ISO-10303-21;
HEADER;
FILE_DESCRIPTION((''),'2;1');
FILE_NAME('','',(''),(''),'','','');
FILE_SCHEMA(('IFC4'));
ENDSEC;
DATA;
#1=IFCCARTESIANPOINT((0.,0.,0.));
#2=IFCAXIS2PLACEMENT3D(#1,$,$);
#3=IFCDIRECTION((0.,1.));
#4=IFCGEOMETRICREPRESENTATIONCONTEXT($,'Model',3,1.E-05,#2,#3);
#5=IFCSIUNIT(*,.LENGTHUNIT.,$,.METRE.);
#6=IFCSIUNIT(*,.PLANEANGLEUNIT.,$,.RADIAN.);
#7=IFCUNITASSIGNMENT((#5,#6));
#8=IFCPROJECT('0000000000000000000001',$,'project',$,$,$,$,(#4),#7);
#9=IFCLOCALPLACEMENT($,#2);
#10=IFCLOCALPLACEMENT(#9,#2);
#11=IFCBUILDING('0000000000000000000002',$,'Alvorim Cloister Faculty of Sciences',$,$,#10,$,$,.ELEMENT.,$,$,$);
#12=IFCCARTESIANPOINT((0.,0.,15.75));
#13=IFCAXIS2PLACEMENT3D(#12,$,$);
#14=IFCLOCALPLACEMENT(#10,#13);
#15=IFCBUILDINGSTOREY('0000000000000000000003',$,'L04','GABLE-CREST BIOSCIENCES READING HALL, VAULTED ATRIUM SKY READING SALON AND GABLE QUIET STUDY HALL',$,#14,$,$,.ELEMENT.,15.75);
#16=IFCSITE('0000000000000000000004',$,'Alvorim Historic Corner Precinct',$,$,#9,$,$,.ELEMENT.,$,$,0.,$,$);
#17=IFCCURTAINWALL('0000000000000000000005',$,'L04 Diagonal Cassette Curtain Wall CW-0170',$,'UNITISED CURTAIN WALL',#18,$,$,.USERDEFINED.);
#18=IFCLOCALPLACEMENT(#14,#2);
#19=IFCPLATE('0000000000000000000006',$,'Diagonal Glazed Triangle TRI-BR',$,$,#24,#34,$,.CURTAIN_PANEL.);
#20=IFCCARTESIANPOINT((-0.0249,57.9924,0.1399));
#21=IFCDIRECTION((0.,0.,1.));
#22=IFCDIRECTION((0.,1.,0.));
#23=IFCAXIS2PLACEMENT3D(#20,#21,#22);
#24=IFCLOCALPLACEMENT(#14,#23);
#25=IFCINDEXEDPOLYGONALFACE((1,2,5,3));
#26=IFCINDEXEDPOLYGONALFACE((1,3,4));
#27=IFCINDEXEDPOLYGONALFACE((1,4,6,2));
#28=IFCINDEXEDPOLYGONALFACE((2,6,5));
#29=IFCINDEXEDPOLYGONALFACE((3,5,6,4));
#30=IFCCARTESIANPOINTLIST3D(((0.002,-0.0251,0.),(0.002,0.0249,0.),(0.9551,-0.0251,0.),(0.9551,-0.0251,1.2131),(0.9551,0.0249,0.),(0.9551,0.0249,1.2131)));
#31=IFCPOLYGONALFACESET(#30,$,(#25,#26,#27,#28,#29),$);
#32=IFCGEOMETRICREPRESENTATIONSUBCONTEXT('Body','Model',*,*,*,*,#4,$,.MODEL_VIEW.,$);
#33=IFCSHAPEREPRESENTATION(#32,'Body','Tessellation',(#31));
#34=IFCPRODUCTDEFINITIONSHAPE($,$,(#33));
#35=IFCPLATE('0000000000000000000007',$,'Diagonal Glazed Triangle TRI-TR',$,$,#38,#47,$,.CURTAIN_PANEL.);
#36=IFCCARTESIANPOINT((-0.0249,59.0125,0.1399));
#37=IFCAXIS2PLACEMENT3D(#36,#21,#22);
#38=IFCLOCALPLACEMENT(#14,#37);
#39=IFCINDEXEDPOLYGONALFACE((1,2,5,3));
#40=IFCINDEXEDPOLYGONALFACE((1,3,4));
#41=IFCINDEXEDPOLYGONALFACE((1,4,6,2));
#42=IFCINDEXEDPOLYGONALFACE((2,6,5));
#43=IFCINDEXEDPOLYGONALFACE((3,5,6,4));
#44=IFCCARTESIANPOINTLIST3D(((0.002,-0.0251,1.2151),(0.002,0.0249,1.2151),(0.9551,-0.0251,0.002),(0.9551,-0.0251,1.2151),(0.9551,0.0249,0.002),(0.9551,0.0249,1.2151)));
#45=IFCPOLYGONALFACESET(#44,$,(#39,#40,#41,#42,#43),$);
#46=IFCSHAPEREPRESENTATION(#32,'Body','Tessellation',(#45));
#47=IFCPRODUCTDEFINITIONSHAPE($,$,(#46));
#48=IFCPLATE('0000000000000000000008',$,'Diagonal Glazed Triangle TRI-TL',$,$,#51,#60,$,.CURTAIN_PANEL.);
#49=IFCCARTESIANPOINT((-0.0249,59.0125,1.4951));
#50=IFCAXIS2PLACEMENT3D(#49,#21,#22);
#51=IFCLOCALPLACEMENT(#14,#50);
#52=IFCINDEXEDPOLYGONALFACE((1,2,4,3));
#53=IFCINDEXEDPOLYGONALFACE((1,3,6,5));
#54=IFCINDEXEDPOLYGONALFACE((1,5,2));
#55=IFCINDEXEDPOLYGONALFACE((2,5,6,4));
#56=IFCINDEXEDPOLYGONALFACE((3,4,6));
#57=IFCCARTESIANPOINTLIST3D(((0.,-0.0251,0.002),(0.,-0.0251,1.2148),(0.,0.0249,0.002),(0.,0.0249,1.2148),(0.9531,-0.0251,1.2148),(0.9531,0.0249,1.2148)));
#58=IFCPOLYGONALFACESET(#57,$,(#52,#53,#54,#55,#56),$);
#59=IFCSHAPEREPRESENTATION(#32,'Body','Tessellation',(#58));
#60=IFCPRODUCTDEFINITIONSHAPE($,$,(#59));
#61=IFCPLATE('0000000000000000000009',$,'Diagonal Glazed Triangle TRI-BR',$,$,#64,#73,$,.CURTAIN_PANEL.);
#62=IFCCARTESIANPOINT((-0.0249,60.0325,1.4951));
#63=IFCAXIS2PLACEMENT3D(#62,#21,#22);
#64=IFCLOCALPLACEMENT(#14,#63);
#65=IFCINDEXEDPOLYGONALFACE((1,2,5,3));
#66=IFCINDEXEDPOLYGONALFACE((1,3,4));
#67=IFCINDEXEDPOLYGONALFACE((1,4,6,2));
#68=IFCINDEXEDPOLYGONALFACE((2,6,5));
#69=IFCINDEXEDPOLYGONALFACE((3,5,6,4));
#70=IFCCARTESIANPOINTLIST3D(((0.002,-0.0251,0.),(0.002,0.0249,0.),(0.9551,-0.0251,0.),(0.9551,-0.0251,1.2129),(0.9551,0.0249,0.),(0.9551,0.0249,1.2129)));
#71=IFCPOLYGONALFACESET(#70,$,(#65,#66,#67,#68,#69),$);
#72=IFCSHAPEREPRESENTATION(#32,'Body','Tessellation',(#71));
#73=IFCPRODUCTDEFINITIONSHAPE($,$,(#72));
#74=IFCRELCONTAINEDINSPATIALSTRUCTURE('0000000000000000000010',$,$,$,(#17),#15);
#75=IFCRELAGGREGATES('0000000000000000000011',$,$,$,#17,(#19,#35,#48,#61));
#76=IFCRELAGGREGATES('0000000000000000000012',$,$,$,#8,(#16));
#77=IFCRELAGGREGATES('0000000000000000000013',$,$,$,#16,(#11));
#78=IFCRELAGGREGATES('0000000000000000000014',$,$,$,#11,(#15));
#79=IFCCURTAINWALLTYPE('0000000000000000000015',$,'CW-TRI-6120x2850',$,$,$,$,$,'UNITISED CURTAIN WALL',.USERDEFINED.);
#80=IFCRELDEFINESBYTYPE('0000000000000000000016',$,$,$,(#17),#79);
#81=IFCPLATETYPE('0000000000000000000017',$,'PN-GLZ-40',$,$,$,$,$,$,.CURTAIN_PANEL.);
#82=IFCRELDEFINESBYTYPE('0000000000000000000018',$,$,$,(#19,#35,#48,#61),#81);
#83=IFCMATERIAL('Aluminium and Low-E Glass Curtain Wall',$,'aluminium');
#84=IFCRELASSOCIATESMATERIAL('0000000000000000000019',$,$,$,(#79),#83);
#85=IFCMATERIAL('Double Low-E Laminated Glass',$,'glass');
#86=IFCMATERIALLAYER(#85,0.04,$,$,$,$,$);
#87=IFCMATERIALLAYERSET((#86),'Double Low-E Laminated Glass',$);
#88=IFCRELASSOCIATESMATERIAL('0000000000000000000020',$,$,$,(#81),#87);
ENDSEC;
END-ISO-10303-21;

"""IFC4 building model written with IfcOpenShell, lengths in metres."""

from ifc_helpers import new_model, si_unit, direction, frame, origin, place, context, subcontext, project, spatial, polyline, outline, extrude, material, layer, layer_set, type_object, element, aggregate, save


model = new_model("IFC4")

# Units and contexts
model_context = context("Model", 3, precision=1e-05, world=origin(), true_north=direction((0.0, 1.0)))
body_context = subcontext(model_context, "Body", "Model", "MODEL_VIEW")
ifc_project = project(units=[si_unit("LENGTHUNIT", "METRE"), si_unit("PLANEANGLEUNIT", "RADIAN")], contexts=[model_context])

# Site, building, storey
site_placement = place(None, origin())
site = spatial("IfcSite", under=ifc_project, at=site_placement, Name="Alvorim Historic Corner Precinct", CompositionType="ELEMENT", RefElevation=0.0)
building_placement = place(site_placement, origin())
building = spatial("IfcBuilding", under=site, at=building_placement, Name="Alvorim Cloister Faculty of Sciences", CompositionType="ELEMENT")
storey_placement = place(building_placement, frame((0.0, 0.0, 15.75)))
storey = spatial("IfcBuildingStorey", under=building, at=storey_placement, Name="L04", Description="GABLE-CREST BIOSCIENCES READING HALL, VAULTED ATRIUM SKY READING SALON AND GABLE QUIET STUDY HALL", CompositionType="ELEMENT", Elevation=15.75)

# Curtain wall, plates
ifc_material_1 = material(Name="Aluminium and Low-E Glass Curtain Wall", Category="aluminium")
curtain_wall_type = type_object("IfcCurtainWallType", Name="CW-TRI-6120x2850", ElementType="UNITISED CURTAIN WALL", PredefinedType="USERDEFINED", material=ifc_material_1)
curtain_wall_placement = place(storey_placement, origin())
curtain_wall = element("IfcCurtainWall", 1, at=curtain_wall_placement, inside=storey, type_object=curtain_wall_type, Name="L04 Diagonal Cassette Curtain Wall CW-0170", ObjectType="UNITISED CURTAIN WALL", PredefinedType="USERDEFINED")
ifc_material_2 = material(Name="Double Low-E Laminated Glass", Category="glass")
ifc_layer = layer(ifc_material_2, 0.04)
ifc_layer_set = layer_set([ifc_layer], Name="Double Low-E Laminated Glass")
plate_type = type_object("IfcPlateType", Name="PN-GLZ-40", PredefinedType="CURTAIN_PANEL", material=ifc_layer_set)
plate_1_placement = place(storey_placement, frame((-0.0249, 57.9924, 0.1399), z_axis=(0.0, 0.0, 1.0), x_axis=(0.0, 1.0, 0.0)))
plate_1 = element("IfcPlate", 2, at=plate_1_placement, type_object=plate_type, Name="Diagonal Glazed Triangle TRI-BR", PredefinedType="CURTAIN_PANEL", context=body_context, shape_type="SweptSolid", body=[
    extrude(outline(polyline([(0.002, 0.0), (0.9551, 0.0), (0.9551, 1.2131), (0.002, 0.0)])), frame((0.0, 0.0249, 0.0), z_axis=(0.0, -1.0, 0.0), x_axis=(1.0, 0.0, 0.0)), (0.0, 0.0, 1.0), 0.05),
])
plate_2_placement = place(storey_placement, frame((-0.0249, 59.0125, 0.1399), z_axis=(0.0, 0.0, 1.0), x_axis=(0.0, 1.0, 0.0)))
plate_2 = element("IfcPlate", 3, at=plate_2_placement, type_object=plate_type, Name="Diagonal Glazed Triangle TRI-TR", PredefinedType="CURTAIN_PANEL", context=body_context, shape_type="SweptSolid", body=[
    extrude(outline(polyline([(0.9551, 0.002), (0.9551, 1.2151), (0.002, 1.2151), (0.9551, 0.002)])), frame((0.0, 0.0249, 0.0), z_axis=(0.0, -1.0, 0.0), x_axis=(1.0, 0.0, 0.0)), (0.0, 0.0, 1.0), 0.05),
])
plate_3_placement = place(storey_placement, frame((-0.0249, 59.0125, 1.4951), z_axis=(0.0, 0.0, 1.0), x_axis=(0.0, 1.0, 0.0)))
plate_3 = element("IfcPlate", 4, at=plate_3_placement, type_object=plate_type, Name="Diagonal Glazed Triangle TRI-TL", PredefinedType="CURTAIN_PANEL", context=body_context, shape_type="SweptSolid", body=[
    extrude(outline(polyline([(0.9531, 1.2148), (0.0, 1.2148), (0.0, 0.002), (0.9531, 1.2148)])), frame((0.0, 0.0249, 0.0), z_axis=(0.0, -1.0, 0.0), x_axis=(1.0, 0.0, 0.0)), (0.0, 0.0, 1.0), 0.05),
])
plate_4_placement = place(storey_placement, frame((-0.0249, 60.0325, 1.4951), z_axis=(0.0, 0.0, 1.0), x_axis=(0.0, 1.0, 0.0)))
plate_4 = element("IfcPlate", 5, at=plate_4_placement, type_object=plate_type, Name="Diagonal Glazed Triangle TRI-BR", PredefinedType="CURTAIN_PANEL", context=body_context, shape_type="SweptSolid", body=[
    extrude(outline(polyline([(0.002, 0.0), (0.9551, 0.0), (0.9551, 1.2129), (0.002, 0.0)])), frame((0.0, 0.0249, 0.0), z_axis=(0.0, -1.0, 0.0), x_axis=(1.0, 0.0, 0.0)), (0.0, 0.0, 1.0), 0.05),
])
aggregate(curtain_wall, [plate_1, plate_2, plate_3, plate_4])

save(model, "model.ifc")
